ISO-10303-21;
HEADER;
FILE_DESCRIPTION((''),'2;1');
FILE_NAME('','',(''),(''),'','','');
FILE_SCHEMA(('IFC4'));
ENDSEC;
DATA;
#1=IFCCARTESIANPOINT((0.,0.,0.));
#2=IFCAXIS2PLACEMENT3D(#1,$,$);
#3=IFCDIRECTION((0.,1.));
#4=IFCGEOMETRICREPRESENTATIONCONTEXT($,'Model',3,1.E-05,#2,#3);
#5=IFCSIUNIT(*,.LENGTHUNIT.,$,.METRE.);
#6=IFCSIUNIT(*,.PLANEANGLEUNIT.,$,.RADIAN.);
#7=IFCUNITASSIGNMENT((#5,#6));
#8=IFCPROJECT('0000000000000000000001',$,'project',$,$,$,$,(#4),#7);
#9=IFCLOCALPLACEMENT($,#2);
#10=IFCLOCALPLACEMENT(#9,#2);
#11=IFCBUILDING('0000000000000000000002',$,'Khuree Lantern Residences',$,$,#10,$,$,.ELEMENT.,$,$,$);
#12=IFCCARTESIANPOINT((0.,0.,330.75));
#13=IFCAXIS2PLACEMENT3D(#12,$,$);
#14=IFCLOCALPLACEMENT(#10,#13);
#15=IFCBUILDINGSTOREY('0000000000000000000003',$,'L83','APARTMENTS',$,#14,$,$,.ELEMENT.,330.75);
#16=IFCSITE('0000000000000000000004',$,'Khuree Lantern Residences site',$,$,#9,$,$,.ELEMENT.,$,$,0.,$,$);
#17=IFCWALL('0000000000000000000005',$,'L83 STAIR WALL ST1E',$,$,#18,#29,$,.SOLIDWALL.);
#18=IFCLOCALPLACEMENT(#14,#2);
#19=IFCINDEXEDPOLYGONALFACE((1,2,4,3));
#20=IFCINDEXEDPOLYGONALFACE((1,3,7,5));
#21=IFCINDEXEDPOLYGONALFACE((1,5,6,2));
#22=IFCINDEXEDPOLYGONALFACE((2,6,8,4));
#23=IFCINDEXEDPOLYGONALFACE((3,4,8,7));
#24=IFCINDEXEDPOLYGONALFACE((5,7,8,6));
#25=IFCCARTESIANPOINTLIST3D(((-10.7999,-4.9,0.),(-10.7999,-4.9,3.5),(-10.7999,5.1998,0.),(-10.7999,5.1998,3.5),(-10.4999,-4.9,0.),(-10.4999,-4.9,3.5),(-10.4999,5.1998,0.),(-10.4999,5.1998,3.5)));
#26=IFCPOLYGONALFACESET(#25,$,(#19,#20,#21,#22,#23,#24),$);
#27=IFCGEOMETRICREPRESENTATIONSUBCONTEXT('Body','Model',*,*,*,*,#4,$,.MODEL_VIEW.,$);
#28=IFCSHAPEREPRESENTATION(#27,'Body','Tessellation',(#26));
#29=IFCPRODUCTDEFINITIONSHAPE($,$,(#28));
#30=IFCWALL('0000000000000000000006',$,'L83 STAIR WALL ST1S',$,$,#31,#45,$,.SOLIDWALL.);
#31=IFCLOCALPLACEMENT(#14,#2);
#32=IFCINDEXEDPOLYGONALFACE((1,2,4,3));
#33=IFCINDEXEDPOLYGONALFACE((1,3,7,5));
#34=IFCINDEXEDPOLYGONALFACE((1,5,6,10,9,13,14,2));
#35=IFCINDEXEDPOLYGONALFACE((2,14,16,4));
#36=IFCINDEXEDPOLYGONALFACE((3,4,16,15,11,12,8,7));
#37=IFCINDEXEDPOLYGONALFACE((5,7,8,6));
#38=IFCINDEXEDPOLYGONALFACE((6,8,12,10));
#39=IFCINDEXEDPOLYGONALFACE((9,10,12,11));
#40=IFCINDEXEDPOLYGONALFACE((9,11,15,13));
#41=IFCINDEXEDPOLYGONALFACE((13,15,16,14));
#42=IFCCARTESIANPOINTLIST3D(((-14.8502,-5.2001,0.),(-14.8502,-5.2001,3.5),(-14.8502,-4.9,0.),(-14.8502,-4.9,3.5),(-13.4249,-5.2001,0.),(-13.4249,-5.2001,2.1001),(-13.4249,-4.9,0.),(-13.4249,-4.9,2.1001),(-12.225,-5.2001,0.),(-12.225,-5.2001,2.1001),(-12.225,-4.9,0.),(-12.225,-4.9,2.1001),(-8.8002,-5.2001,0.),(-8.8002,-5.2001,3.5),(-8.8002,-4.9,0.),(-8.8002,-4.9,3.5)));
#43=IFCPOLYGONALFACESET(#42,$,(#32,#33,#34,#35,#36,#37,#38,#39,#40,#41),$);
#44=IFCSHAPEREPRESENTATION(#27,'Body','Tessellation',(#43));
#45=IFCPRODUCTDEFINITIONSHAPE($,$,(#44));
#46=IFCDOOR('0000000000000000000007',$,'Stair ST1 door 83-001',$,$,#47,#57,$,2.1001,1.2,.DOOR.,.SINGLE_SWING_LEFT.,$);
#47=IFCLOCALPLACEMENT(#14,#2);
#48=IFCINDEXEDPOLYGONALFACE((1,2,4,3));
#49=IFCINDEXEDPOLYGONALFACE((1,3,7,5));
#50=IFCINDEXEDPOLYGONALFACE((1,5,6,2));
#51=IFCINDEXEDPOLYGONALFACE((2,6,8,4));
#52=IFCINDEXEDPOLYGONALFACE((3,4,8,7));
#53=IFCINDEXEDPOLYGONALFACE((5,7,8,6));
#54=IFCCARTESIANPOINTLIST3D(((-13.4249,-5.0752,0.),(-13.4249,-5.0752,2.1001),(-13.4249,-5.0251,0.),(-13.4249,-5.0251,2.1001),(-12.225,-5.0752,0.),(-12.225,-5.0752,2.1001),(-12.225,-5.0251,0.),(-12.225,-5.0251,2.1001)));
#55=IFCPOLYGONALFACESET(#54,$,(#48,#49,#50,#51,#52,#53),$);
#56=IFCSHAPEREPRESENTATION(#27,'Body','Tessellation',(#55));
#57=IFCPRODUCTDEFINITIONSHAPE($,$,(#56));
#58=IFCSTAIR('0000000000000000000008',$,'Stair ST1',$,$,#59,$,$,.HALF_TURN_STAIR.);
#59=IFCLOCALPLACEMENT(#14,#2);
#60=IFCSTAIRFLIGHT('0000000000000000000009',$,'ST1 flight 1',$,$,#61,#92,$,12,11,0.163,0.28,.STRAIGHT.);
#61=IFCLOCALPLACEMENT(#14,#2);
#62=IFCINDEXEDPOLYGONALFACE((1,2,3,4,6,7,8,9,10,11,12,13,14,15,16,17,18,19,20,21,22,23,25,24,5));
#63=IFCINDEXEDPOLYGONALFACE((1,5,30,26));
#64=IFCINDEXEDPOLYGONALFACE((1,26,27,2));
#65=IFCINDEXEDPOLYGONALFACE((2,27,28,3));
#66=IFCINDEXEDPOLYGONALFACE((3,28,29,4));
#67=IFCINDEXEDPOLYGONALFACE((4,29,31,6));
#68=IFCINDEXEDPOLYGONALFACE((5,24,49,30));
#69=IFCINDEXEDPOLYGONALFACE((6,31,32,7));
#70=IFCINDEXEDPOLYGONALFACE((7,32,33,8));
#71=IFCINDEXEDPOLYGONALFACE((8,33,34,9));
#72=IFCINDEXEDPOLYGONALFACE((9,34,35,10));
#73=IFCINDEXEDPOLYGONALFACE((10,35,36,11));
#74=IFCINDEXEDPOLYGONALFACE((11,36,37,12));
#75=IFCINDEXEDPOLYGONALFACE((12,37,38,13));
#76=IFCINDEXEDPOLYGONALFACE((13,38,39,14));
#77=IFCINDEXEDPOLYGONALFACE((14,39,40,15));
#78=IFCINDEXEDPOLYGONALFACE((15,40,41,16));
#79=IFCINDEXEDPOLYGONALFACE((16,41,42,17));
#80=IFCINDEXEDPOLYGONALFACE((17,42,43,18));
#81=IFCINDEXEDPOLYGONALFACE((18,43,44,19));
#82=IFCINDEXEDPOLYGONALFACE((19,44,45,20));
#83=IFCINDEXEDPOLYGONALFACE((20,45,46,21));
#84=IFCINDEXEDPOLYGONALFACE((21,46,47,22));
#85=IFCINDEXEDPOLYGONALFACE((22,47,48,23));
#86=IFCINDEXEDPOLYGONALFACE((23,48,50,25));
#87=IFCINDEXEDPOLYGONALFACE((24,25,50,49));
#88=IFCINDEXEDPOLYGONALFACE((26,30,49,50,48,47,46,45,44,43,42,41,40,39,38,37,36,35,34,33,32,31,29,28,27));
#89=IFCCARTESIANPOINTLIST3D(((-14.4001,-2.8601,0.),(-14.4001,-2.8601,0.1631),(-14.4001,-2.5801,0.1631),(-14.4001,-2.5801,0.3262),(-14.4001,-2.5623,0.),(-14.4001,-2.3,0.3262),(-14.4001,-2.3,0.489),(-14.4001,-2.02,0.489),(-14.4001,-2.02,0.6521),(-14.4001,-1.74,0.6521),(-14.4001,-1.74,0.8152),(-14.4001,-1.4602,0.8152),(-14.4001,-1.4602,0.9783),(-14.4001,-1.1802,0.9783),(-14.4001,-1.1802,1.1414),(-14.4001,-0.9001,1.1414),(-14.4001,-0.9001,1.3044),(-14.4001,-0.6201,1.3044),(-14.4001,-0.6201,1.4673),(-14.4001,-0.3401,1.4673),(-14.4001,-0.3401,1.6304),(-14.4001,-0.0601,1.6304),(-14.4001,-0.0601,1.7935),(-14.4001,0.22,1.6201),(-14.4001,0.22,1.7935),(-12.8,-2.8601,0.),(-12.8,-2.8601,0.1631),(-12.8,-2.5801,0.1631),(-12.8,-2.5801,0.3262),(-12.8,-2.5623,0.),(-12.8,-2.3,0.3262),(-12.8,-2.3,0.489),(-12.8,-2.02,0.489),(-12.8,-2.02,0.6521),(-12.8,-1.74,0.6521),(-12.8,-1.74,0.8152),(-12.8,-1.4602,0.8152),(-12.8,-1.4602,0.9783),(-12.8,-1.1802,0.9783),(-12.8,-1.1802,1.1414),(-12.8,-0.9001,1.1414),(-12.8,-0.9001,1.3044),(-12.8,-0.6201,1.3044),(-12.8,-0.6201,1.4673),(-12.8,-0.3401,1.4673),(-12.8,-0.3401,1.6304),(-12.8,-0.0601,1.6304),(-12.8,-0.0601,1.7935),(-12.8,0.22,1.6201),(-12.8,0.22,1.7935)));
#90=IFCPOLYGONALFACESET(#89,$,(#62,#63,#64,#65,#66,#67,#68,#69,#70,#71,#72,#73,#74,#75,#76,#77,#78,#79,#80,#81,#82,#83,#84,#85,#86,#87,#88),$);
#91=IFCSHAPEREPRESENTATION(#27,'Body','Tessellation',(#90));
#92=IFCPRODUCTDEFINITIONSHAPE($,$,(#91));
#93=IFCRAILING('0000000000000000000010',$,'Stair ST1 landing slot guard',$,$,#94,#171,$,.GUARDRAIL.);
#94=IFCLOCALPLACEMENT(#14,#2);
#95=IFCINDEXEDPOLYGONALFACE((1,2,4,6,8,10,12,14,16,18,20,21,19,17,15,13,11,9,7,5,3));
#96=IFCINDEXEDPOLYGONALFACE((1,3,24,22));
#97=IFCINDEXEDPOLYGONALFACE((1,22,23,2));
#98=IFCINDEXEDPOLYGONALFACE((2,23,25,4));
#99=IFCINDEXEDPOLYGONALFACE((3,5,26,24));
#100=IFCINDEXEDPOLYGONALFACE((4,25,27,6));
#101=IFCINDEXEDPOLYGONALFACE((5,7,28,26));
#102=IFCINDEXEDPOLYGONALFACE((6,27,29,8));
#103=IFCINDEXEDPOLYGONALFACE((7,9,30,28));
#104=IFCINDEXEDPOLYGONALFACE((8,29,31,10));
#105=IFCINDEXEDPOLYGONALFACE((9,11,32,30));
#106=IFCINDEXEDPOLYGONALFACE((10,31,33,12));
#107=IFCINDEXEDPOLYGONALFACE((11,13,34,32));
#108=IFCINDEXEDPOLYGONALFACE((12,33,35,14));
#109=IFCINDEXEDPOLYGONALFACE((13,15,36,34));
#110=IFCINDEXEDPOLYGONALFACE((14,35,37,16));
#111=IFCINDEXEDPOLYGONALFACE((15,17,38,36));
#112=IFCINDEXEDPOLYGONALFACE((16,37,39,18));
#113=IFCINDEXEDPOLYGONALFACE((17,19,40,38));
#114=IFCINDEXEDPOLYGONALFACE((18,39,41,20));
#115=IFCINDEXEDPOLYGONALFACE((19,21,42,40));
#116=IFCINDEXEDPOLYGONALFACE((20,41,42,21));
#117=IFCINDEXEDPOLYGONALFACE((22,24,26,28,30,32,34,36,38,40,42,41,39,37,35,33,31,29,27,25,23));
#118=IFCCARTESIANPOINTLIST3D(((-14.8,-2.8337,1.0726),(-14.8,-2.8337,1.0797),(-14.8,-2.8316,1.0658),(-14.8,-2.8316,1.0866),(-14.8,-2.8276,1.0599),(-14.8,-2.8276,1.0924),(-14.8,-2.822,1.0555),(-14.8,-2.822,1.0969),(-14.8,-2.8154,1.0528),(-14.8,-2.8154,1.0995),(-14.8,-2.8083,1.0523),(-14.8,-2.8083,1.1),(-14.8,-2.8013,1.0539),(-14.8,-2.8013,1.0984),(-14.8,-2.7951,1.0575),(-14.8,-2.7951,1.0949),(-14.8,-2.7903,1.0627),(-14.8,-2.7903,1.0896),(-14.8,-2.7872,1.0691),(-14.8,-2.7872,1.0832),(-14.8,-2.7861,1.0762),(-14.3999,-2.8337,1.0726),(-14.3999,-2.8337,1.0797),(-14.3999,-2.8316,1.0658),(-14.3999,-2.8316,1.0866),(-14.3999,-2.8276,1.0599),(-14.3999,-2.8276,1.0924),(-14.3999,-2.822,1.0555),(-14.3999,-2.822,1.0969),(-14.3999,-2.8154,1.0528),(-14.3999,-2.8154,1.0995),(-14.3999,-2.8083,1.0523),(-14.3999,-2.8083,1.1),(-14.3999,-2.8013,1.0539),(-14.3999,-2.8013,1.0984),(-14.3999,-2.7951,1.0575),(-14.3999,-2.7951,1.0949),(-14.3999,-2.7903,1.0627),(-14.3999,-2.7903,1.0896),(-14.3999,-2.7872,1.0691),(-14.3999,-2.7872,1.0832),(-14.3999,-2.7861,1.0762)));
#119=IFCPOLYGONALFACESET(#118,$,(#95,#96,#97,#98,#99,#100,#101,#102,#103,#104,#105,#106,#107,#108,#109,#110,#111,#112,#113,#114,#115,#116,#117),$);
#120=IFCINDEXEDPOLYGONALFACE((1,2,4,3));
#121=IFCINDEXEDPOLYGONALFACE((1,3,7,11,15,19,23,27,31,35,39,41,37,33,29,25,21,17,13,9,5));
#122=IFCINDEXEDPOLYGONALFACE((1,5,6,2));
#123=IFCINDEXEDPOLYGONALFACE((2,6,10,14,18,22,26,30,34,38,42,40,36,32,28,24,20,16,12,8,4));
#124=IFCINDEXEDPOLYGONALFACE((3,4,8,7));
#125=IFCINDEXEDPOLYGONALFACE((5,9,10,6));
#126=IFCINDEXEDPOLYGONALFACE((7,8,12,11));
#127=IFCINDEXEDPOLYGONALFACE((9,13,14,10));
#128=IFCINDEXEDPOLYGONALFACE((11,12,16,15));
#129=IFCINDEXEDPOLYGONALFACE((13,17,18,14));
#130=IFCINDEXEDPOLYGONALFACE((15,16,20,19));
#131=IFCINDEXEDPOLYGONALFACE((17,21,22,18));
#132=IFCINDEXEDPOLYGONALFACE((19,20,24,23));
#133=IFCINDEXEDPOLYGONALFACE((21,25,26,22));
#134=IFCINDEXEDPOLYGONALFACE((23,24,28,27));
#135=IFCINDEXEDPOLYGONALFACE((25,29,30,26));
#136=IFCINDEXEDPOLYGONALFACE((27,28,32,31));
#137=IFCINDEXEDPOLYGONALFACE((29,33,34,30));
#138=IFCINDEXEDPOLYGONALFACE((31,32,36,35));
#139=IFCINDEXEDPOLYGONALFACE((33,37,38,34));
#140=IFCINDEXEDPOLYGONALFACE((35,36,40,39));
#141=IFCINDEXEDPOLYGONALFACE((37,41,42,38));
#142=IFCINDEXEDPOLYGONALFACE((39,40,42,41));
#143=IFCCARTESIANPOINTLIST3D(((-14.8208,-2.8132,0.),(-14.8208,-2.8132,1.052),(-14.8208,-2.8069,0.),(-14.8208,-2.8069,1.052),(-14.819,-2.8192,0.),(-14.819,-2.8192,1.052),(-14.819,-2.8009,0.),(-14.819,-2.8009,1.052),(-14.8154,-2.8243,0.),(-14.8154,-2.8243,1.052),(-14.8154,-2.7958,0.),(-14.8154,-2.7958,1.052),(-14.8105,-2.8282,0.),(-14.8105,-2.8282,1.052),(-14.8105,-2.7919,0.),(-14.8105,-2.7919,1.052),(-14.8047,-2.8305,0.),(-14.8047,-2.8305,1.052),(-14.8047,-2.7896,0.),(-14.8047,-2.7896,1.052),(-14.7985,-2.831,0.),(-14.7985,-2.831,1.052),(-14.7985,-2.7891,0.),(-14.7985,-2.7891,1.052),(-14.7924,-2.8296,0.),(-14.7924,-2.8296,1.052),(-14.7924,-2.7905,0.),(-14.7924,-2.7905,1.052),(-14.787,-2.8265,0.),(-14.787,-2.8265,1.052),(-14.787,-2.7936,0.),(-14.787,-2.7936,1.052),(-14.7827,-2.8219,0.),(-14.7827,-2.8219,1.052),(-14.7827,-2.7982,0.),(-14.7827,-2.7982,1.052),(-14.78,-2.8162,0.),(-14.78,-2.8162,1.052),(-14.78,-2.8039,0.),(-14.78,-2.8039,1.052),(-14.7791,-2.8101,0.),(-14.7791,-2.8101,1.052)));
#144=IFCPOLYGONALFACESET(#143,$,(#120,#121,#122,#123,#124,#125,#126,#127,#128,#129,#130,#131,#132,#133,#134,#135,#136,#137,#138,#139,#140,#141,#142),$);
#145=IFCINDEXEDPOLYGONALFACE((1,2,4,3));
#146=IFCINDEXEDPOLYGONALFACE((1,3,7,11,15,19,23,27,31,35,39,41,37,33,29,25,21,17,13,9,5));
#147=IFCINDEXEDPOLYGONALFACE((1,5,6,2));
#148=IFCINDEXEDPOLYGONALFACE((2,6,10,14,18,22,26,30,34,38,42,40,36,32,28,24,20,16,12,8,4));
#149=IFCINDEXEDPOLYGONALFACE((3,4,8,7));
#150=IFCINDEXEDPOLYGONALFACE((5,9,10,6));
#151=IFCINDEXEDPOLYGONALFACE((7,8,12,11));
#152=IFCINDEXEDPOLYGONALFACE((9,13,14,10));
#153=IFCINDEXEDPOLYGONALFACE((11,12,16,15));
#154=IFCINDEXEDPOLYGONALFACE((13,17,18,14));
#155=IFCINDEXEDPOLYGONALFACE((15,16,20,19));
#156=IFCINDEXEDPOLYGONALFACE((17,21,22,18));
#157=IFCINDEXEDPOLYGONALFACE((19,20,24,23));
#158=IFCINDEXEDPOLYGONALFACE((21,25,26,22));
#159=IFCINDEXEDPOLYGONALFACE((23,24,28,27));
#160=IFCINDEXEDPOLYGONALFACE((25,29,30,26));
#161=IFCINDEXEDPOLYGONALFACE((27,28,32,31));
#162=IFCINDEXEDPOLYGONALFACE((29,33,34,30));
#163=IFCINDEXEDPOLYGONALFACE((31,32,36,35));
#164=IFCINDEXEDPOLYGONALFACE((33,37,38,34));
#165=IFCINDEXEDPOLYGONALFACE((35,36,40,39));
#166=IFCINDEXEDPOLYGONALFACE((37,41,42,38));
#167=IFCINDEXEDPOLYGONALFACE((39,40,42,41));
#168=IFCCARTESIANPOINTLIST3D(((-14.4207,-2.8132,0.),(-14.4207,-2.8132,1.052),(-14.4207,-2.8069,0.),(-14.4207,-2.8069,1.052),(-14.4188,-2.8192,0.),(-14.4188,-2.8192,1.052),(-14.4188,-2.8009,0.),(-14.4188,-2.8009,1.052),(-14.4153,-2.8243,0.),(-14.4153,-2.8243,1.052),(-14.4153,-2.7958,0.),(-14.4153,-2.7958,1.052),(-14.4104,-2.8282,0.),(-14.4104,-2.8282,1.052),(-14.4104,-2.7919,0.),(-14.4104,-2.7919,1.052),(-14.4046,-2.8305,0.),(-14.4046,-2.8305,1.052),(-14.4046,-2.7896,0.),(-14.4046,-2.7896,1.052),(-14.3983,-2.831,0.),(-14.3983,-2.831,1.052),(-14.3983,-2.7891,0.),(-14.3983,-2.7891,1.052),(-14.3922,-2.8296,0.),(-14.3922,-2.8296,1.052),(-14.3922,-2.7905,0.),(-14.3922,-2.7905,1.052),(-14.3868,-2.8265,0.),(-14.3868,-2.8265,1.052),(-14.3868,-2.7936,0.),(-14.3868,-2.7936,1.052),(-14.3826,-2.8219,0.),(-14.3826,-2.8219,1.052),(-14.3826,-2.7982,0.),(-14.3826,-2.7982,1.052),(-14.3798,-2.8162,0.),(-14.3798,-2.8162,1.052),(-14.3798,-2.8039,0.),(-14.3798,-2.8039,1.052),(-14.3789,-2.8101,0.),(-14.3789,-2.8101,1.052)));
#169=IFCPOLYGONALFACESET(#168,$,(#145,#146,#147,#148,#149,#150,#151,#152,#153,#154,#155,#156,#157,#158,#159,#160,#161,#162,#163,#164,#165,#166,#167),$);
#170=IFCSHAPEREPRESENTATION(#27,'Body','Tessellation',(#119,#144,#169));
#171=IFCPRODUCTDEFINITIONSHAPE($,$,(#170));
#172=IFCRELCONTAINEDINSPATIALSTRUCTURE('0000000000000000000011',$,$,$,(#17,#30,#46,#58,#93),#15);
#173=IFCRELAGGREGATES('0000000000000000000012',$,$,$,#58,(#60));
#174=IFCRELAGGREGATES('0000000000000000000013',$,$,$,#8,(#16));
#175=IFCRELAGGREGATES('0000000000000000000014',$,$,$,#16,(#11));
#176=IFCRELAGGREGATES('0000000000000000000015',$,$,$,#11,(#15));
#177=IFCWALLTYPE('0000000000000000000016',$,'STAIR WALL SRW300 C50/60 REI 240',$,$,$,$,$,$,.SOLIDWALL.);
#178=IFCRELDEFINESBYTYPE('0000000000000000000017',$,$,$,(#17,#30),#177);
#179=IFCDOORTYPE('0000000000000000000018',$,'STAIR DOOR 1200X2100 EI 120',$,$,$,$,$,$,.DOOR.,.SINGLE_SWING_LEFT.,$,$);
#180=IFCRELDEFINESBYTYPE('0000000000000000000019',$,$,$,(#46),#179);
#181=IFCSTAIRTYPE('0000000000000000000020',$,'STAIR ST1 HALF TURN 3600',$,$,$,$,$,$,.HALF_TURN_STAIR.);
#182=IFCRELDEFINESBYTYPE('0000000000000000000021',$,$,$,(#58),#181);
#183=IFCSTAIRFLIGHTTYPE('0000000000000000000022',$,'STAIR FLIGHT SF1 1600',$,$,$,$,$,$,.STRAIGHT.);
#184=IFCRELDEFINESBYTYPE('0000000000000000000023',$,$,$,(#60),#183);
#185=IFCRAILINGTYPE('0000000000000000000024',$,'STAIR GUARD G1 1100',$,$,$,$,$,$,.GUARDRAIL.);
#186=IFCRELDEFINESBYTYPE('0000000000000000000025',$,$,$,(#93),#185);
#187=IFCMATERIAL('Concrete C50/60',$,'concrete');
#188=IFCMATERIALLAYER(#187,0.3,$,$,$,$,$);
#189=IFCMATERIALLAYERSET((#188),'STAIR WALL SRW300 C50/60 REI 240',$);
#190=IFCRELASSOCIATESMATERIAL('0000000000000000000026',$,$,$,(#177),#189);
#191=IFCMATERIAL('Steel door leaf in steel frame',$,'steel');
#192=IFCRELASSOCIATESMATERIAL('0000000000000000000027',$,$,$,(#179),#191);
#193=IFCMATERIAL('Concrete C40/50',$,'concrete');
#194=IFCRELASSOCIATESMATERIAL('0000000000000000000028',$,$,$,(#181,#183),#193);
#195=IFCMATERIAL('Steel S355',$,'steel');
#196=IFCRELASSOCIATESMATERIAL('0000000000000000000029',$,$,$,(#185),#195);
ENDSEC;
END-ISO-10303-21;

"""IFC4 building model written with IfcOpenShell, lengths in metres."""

from ifc_helpers import new_model, si_unit, direction, frame, frame_2d, origin, origin_2d, place, context, subcontext, project, spatial, polyline, rectangle, circle, outline, extrude, material, layer, layer_set, type_object, element, fill, aggregate, save


model = new_model("IFC4")

# Units and contexts
model_context = context("Model", 3, precision=1e-05, world=origin(), true_north=direction((0.0, 1.0)))
body_context = subcontext(model_context, "Body", "Model", "MODEL_VIEW")
ifc_project = project(units=[si_unit("LENGTHUNIT", "METRE"), si_unit("PLANEANGLEUNIT", "RADIAN")], contexts=[model_context])

# Site, building, storey
site_placement = place(None, origin())
site = spatial("IfcSite", under=ifc_project, at=site_placement, Name="Khuree Lantern Residences site", CompositionType="ELEMENT", RefElevation=0.0)
building_placement = place(site_placement, origin())
building = spatial("IfcBuilding", under=site, at=building_placement, Name="Khuree Lantern Residences", CompositionType="ELEMENT")
storey_placement = place(building_placement, frame((0.0, 0.0, 330.75)))
storey = spatial("IfcBuildingStorey", under=building, at=storey_placement, Name="L83", Description="APARTMENTS", CompositionType="ELEMENT", Elevation=330.75)

# Shared definitions
ifc_material_1 = material(Name="Steel door leaf in steel frame", Category="steel")

# Wall
ifc_material_2 = material(Name="Concrete C50/60", Category="concrete")
ifc_layer_1 = layer(ifc_material_2, 0.3)
ifc_layer_set_1 = layer_set([ifc_layer_1], Name="STAIR WALL SRW300 C50/60 REI 240")
wall_type_1 = type_object("IfcWallType", Name="STAIR WALL SRW300 C50/60 REI 240", PredefinedType="SOLIDWALL", material=ifc_layer_set_1)
wall_1_placement = place(storey_placement, frame((-10.6499, -4.8999, 0.0), z_axis=(0.0, 0.0, 1.0), x_axis=(0.0, 1.0, 0.0)))
element("IfcWall", 1, at=wall_1_placement, inside=storey, type_object=wall_type_1, Name="L83 STAIR WALL ST1E", PredefinedType="SOLIDWALL", context=body_context, shape_type="SweptSolid", body=[
    extrude(rectangle(XDim=10.0999, YDim=0.3, at=frame_2d((5.0498, 0.0))), origin(), (0.0, 0.0, 1.0), 3.5),
])

# Wall, opening, door
wall_2_placement = place(storey_placement, frame((-14.8501, -5.05, 0.0), z_axis=(0.0, 0.0, 1.0), x_axis=(1.0, 0.0, 0.0)))
wall_2 = element("IfcWall", 2, at=wall_2_placement, inside=storey, type_object=wall_type_1, Name="L83 STAIR WALL ST1S", PredefinedType="SOLIDWALL", context=body_context, shape_type="SweptSolid", body=[
    extrude(rectangle(XDim=6.05, YDim=0.3, at=frame_2d((3.0249, 0.0))), origin(), (0.0, 0.0, 1.0), 3.5),
])
opening_1_placement = place(wall_2_placement, frame((1.425, 0.0, 0.0)))
opening_1 = element("IfcOpeningElement", 3, at=opening_1_placement, cuts=wall_2, PredefinedType="OPENING", context=body_context, shape_type="SweptSolid", body=[
    extrude(rectangle(XDim=1.2, YDim=2.1001, at=frame_2d((0.6001, 1.05))), frame((0.0, 0.1602, 0.0), z_axis=(0.0, -1.0, 0.0), x_axis=(1.0, 0.0, 0.0)), (0.0, 0.0, 1.0), 0.3201),
])
door_type_1 = type_object("IfcDoorType", Name="STAIR DOOR 1200X2100 EI 120", OperationType="SINGLE_SWING_LEFT", PredefinedType="DOOR", material=ifc_material_1)
door_1_placement = place(opening_1_placement, origin())
door_1 = element("IfcDoor", 4, at=door_1_placement, inside=storey, type_object=door_type_1, Name="Stair ST1 door 83-001", OperationType="SINGLE_SWING_LEFT", OverallHeight=2.1001, OverallWidth=1.2, PredefinedType="DOOR", context=body_context, shape_type="SweptSolid", body=[
    extrude(rectangle(XDim=1.2, YDim=2.1001, at=frame_2d((0.6001, 1.05))), frame((0.0, 0.0249, 0.0), z_axis=(0.0, -1.0, 0.0), x_axis=(1.0, 0.0, 0.0)), (0.0, 0.0, 1.0), 0.05),
])
fill(opening_1, door_1)

# Stair, stair flight
ifc_material_3 = material(Name="Concrete C40/50", Category="concrete")
stair_type = type_object("IfcStairType", Name="STAIR ST1 HALF TURN 3600", PredefinedType="HALF_TURN_STAIR", material=ifc_material_3)
stair_placement = place(storey_placement, origin())
stair = element("IfcStair", 5, at=stair_placement, inside=storey, type_object=stair_type, Name="Stair ST1", PredefinedType="HALF_TURN_STAIR")
stair_flight_type = type_object("IfcStairFlightType", Name="STAIR FLIGHT SF1 1600", PredefinedType="STRAIGHT", material=ifc_material_3)
stair_flight_placement = place(storey_placement, frame((-13.6001, -2.8601, 0.0), z_axis=(0.0, 0.0, 1.0), x_axis=(0.0, 1.0, 0.0)))
stair_flight = element("IfcStairFlight", 6, at=stair_flight_placement, type_object=stair_flight_type, Name="ST1 flight 1", NumberOfRisers=12, NumberOfTreads=11, PredefinedType="STRAIGHT", RiserHeight=0.163, TreadLength=0.28, context=body_context, shape_type="SweptSolid", body=[
    extrude(outline(polyline([(0.0, 0.0), (0.0, 0.1631), (0.28, 0.1631), (0.28, 0.3262), (0.5601, 0.3262), (0.5601, 0.489), (0.8401, 0.489), (0.8401, 0.6521), (1.1201, 0.6521), (1.1201, 0.8152), (1.3999, 0.8152), (1.3999, 0.9783), (1.6799, 0.9783), (1.6799, 1.1414), (1.96, 1.1414), (1.96, 1.3044), (2.24, 1.3044), (2.24, 1.4673), (2.52, 1.4673), (2.52, 1.6304), (2.8, 1.6304), (2.8, 1.7935), (3.0801, 1.7935), (3.0801, 1.9565), (3.0801, 1.6201), (0.2979, 0.0), (0.0, 0.0)])), frame((0.0, 0.8, 0.0), z_axis=(0.0, -1.0, 0.0), x_axis=(1.0, 0.0, 0.0)), (0.0, 0.0, 1.0), 1.6001),
])
aggregate(stair, [stair_flight])

# Railing
ifc_material_4 = material(Name="Steel S355", Category="steel")
railing_type_1 = type_object("IfcRailingType", Name="STAIR GUARD G1 1100", PredefinedType="GUARDRAIL", material=ifc_material_4)
railing_1_placement = place(storey_placement, frame((-14.8, -2.8101, 0.0)))
element("IfcRailing", 7, at=railing_1_placement, inside=storey, type_object=railing_type_1, Name="Stair ST1 landing slot guard", PredefinedType="GUARDRAIL", context=body_context, shape_type="SweptSolid", body=[
    extrude(circle(Radius=0.0239, at=origin_2d()), frame((0.0, 0.0, 1.0762), z_axis=(1.0, 0.0, 0.0), x_axis=(0.0, 1.0, 0.0)), (0.0, 0.0, 1.0), 0.4001),
    extrude(circle(Radius=0.021, at=origin_2d()), origin(), (0.0, 0.0, 1.0), 1.052),
    extrude(circle(Radius=0.021, at=origin_2d()), frame((0.4001, 0.0, 0.0)), (0.0, 0.0, 1.0), 1.052),
])

save(model, "model.ifc")
